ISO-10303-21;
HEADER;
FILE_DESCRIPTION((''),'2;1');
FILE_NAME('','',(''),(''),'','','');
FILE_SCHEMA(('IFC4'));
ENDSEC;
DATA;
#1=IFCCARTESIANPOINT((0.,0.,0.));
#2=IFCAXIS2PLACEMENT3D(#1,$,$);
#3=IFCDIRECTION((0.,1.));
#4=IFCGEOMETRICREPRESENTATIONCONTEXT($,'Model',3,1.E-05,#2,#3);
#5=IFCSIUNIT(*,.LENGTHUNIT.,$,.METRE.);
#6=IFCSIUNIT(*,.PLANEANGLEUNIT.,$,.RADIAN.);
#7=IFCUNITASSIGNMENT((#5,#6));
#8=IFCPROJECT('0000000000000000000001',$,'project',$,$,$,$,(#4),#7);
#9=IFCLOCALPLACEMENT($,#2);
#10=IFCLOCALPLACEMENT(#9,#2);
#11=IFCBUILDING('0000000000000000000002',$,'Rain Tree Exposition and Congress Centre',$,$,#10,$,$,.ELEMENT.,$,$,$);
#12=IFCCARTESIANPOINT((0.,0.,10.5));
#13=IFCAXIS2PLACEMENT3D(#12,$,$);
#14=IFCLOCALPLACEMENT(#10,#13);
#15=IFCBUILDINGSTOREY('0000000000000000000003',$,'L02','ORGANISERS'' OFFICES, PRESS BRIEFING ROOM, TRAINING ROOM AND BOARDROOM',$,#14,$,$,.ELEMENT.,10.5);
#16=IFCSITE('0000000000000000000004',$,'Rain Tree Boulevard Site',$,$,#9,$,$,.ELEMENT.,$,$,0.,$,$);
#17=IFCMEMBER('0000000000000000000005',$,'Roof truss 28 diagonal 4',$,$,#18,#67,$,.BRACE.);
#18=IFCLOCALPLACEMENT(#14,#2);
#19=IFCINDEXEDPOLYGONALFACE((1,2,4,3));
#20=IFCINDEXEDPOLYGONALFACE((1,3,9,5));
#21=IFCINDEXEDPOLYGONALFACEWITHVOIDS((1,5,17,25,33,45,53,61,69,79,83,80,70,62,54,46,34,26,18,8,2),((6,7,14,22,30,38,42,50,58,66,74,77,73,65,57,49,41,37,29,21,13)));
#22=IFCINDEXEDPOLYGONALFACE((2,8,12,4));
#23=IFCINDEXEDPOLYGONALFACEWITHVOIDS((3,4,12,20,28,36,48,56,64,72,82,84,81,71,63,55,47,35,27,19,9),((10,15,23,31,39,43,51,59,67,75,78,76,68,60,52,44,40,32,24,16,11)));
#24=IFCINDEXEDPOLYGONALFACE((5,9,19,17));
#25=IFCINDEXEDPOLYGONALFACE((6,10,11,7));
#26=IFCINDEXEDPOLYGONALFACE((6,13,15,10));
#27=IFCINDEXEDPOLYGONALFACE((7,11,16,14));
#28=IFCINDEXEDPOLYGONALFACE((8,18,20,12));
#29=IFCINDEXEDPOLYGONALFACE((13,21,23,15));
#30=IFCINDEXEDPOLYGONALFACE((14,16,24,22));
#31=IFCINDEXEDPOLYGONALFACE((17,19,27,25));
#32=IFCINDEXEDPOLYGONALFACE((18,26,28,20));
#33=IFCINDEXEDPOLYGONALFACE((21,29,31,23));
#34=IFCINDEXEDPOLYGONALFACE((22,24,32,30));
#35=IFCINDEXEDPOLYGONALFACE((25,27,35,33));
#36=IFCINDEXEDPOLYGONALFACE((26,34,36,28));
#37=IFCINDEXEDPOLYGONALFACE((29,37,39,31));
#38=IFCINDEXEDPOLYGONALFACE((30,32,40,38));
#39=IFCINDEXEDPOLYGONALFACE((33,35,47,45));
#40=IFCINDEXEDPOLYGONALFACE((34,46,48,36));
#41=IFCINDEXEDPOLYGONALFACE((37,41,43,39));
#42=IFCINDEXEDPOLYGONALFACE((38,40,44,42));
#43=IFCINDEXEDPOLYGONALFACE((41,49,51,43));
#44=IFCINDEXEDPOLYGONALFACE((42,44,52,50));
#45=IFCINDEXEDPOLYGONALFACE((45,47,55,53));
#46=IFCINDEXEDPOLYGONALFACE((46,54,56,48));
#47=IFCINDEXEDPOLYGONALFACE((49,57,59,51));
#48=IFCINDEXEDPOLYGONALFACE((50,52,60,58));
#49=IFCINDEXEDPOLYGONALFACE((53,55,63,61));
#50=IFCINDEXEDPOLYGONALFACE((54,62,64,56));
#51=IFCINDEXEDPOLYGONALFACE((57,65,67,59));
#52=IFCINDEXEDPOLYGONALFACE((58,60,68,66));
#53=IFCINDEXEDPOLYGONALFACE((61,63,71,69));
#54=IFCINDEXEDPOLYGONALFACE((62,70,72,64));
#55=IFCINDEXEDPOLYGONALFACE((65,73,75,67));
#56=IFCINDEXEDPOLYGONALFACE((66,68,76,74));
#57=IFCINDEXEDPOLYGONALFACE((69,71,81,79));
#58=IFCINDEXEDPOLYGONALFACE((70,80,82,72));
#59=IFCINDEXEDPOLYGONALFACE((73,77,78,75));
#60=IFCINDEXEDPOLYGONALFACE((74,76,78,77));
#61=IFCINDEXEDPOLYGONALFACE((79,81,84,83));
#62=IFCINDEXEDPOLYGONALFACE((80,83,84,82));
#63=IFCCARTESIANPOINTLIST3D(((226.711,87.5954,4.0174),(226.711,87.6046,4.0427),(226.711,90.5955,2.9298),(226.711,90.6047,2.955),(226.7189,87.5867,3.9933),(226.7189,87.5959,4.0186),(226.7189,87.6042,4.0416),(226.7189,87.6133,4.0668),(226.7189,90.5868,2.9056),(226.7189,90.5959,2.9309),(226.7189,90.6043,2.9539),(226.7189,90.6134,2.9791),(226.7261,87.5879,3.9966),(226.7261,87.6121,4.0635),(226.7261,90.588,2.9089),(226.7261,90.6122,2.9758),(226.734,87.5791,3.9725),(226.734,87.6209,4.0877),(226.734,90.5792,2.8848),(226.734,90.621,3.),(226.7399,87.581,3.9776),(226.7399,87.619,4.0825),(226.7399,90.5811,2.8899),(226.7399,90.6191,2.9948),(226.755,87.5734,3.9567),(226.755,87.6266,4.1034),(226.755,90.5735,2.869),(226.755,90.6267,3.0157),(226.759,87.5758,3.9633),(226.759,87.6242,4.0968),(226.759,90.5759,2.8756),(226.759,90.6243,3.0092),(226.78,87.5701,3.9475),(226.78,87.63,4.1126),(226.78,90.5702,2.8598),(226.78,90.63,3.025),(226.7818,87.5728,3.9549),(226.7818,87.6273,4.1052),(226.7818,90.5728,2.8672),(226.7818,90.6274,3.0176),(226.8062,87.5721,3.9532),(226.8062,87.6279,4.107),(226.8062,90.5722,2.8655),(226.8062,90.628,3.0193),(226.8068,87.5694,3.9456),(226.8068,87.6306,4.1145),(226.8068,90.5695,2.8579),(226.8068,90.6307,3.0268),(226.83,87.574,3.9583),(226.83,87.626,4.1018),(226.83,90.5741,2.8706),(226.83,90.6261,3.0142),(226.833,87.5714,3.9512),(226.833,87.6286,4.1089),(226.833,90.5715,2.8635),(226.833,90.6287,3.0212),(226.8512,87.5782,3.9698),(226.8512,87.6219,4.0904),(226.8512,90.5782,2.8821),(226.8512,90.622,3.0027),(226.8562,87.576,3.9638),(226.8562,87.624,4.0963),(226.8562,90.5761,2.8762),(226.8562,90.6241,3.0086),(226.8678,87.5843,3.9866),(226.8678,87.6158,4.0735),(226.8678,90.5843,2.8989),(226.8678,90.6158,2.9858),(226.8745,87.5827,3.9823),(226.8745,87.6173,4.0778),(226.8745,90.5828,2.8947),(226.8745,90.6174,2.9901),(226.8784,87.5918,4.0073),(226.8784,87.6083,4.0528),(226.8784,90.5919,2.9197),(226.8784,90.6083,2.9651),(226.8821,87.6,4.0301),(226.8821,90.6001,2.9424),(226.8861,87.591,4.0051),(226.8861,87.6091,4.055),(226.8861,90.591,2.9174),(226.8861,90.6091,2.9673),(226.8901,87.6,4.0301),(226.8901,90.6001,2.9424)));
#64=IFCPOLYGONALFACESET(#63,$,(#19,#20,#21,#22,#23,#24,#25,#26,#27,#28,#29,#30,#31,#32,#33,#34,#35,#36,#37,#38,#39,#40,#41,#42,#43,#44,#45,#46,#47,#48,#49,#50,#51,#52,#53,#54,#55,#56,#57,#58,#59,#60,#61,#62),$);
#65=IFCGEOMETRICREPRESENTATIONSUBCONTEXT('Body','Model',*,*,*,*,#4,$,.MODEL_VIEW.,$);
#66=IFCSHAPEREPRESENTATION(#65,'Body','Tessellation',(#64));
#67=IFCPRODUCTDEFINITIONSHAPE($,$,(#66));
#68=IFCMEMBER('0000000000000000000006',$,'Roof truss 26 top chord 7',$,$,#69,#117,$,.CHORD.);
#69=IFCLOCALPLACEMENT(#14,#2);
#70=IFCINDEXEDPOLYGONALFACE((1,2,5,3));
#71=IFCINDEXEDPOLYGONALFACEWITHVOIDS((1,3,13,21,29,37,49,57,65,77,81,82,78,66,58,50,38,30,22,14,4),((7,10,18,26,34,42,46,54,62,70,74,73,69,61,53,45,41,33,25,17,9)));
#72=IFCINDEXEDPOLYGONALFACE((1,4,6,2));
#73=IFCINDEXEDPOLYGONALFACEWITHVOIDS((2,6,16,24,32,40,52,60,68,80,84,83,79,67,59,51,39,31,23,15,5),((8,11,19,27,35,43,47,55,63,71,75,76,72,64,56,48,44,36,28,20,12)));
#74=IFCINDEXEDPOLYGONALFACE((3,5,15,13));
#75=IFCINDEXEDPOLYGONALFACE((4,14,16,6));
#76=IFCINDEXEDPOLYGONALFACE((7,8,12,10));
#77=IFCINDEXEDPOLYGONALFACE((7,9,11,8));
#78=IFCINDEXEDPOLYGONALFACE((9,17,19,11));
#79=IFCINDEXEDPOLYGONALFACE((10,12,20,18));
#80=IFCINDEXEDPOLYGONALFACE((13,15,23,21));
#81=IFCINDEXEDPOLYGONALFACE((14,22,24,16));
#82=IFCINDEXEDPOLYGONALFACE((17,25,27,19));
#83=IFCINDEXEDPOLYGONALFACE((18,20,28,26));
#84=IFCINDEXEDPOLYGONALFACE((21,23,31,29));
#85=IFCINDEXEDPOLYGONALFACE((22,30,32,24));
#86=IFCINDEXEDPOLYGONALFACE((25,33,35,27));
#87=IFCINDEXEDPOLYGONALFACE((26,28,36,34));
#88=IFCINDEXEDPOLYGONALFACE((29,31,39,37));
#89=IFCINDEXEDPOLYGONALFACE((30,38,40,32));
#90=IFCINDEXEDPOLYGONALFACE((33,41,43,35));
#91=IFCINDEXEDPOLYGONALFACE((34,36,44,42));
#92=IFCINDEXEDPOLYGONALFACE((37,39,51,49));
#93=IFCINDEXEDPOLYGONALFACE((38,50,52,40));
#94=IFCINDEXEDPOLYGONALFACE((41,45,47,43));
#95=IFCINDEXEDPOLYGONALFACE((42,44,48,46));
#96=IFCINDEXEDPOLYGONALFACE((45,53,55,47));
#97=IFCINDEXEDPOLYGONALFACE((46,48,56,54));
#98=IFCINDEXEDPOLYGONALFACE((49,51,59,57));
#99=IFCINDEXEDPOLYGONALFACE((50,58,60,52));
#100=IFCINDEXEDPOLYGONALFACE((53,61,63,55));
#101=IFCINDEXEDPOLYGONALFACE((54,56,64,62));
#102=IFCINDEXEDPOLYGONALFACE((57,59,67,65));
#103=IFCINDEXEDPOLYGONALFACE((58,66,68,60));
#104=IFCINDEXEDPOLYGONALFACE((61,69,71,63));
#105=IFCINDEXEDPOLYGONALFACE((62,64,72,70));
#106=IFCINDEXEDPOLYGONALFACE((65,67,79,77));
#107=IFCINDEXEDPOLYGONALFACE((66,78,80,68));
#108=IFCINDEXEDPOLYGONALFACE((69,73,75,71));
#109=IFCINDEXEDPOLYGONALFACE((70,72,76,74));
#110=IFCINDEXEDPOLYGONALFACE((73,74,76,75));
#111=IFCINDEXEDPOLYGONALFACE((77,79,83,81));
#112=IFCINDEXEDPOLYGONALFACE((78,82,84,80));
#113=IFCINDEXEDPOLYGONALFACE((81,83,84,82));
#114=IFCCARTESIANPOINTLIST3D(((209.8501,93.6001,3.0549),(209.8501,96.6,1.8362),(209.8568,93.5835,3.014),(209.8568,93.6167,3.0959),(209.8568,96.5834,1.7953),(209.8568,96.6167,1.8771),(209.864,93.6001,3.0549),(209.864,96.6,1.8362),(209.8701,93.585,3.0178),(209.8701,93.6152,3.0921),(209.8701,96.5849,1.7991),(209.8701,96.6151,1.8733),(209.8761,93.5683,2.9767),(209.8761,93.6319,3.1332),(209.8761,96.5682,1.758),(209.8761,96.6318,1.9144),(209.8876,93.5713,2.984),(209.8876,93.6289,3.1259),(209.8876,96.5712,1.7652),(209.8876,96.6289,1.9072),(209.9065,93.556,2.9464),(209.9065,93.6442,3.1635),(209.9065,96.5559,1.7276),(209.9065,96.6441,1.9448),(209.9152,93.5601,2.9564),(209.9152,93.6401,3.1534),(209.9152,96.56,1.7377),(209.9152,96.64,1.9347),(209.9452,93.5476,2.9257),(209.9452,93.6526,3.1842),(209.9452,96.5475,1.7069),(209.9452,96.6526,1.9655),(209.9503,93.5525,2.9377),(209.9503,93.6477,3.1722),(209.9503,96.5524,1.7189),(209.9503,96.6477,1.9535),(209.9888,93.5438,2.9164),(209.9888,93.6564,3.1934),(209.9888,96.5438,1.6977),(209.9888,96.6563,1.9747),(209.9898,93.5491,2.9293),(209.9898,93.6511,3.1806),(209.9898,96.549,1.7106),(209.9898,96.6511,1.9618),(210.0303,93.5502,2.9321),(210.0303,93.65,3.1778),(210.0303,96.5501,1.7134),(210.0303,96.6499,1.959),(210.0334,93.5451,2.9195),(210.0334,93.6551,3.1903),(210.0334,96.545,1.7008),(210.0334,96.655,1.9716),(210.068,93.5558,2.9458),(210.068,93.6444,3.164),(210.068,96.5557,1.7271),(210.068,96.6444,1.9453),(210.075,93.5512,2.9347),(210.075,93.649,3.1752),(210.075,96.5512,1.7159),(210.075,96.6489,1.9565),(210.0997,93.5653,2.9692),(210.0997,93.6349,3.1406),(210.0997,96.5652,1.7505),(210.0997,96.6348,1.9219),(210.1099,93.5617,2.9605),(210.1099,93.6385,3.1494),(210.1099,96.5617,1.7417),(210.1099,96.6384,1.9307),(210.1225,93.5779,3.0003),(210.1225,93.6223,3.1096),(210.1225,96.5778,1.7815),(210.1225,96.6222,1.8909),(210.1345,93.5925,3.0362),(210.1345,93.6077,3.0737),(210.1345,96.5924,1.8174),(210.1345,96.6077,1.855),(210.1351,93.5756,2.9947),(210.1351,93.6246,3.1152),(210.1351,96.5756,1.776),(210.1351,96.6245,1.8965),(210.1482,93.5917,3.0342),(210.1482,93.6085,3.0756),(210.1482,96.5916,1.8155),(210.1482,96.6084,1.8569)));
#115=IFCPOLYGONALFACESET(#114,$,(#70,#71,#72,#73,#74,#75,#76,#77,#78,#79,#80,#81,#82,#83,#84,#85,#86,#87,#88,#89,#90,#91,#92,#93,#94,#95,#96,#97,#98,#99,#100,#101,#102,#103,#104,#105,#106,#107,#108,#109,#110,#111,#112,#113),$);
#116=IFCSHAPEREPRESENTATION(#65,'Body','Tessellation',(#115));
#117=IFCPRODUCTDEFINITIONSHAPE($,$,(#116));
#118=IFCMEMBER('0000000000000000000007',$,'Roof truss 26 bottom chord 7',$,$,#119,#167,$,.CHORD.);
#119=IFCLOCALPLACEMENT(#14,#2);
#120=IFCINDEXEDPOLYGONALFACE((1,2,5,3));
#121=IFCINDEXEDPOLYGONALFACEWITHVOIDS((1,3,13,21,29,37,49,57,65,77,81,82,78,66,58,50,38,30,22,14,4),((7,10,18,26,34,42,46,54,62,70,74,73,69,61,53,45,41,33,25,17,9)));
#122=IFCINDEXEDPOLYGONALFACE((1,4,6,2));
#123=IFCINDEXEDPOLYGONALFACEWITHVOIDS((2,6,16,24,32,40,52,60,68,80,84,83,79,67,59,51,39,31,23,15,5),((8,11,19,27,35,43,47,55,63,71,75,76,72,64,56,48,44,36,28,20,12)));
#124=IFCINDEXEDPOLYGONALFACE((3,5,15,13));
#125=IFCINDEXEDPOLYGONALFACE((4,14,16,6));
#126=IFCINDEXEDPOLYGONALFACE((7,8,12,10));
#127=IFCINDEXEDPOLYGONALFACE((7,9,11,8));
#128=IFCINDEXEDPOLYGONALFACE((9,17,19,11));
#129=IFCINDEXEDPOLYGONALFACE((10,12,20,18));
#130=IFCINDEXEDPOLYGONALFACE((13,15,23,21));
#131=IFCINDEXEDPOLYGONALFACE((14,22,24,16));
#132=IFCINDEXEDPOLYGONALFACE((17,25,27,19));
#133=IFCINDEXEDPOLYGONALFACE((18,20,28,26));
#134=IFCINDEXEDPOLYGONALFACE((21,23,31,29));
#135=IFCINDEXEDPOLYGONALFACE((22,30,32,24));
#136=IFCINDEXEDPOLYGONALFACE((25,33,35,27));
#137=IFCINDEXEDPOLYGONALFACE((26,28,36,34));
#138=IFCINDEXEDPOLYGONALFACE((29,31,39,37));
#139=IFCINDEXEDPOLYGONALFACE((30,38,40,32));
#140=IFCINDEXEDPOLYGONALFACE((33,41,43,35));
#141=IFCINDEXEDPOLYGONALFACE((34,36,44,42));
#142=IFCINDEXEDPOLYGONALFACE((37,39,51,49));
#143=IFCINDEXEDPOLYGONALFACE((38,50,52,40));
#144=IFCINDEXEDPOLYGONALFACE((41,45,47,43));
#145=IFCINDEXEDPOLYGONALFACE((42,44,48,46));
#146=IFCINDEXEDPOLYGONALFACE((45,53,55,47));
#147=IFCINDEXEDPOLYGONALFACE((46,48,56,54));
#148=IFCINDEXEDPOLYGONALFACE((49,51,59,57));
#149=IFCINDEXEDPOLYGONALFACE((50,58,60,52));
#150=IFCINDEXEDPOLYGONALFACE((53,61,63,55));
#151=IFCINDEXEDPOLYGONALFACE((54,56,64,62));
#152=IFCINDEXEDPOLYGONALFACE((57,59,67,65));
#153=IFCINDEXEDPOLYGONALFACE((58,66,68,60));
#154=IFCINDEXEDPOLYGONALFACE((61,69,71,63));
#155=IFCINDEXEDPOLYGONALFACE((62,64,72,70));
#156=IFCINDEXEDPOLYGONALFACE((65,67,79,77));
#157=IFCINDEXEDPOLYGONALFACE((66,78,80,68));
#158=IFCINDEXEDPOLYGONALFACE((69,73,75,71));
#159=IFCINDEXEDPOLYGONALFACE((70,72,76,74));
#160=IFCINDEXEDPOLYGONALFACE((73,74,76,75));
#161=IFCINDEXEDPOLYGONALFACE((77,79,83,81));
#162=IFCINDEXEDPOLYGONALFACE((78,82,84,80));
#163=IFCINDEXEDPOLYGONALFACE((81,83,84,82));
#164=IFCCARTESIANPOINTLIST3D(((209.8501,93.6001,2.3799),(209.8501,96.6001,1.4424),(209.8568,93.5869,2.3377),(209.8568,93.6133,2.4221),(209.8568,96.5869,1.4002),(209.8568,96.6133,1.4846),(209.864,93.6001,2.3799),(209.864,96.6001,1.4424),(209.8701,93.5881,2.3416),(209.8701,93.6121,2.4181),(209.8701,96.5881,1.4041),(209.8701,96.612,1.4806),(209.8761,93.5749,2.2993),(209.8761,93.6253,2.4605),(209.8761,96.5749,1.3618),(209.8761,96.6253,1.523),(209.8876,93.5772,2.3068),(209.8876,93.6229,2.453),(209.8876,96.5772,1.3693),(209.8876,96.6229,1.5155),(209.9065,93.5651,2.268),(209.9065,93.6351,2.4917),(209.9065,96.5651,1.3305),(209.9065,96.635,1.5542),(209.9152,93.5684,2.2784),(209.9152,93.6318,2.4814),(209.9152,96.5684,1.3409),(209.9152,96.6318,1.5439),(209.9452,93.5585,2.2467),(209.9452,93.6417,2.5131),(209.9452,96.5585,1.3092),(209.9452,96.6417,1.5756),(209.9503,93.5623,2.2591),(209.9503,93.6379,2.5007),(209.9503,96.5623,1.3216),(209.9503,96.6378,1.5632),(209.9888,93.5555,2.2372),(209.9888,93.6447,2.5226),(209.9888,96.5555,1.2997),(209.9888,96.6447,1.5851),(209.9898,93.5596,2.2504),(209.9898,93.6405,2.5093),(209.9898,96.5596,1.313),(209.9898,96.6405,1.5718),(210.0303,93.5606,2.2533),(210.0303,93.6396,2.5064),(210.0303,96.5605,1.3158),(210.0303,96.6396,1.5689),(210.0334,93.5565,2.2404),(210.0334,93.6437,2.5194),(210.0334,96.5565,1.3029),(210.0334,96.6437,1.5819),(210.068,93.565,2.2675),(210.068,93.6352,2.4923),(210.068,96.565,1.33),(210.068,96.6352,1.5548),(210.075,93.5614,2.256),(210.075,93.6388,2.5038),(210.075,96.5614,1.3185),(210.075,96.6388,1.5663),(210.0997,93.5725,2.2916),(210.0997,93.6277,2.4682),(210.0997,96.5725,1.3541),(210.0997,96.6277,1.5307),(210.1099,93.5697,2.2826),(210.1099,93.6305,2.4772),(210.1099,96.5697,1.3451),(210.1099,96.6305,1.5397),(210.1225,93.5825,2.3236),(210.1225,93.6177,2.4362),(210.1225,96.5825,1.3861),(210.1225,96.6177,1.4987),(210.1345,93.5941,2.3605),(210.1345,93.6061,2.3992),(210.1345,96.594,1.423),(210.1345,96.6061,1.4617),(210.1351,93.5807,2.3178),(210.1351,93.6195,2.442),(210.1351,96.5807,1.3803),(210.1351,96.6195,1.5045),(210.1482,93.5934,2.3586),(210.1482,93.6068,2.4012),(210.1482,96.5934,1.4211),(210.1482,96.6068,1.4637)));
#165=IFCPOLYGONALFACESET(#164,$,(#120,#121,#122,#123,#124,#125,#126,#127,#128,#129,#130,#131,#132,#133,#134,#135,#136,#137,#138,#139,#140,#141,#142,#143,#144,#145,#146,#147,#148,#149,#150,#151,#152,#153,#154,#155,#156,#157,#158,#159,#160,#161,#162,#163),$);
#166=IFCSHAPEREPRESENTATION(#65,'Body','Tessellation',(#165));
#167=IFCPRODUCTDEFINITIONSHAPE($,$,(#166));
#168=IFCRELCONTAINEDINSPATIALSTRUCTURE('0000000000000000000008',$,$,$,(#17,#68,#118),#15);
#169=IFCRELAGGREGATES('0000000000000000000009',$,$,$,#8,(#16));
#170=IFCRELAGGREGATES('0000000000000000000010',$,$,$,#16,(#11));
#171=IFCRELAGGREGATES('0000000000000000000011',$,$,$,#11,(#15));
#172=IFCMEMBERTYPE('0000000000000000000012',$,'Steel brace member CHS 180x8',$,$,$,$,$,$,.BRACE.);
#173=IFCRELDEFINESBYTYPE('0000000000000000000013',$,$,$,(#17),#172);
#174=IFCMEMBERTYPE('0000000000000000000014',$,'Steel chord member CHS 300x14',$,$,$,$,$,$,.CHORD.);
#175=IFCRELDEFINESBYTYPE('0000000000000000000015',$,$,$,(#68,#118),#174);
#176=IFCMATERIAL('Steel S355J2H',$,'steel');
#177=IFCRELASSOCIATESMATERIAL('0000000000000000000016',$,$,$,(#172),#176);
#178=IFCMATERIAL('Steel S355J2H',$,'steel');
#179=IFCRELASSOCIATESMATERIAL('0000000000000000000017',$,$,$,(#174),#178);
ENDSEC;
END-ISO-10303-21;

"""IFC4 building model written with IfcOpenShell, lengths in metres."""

from ifc_helpers import new_model, si_unit, direction, frame, origin, origin_2d, place, context, subcontext, project, spatial, hollow_circle, extrude, material, material_profile, profile_set, type_object, element, save


model = new_model("IFC4")

# Units and contexts
model_context = context("Model", 3, precision=1e-05, world=origin(), true_north=direction((0.0, 1.0)))
body_context = subcontext(model_context, "Body", "Model", "MODEL_VIEW")
ifc_project = project(units=[si_unit("LENGTHUNIT", "METRE"), si_unit("PLANEANGLEUNIT", "RADIAN")], contexts=[model_context])

# Site, building, storey
site_placement = place(None, origin())
site = spatial("IfcSite", under=ifc_project, at=site_placement, Name="Rain Tree Boulevard Site", CompositionType="ELEMENT", RefElevation=0.0)
building_placement = place(site_placement, origin())
building = spatial("IfcBuilding", under=site, at=building_placement, Name="Rain Tree Exposition and Congress Centre", CompositionType="ELEMENT")
storey_placement = place(building_placement, frame((0.0, 0.0, 10.5)))
storey = spatial("IfcBuildingStorey", under=building, at=storey_placement, Name="L02", Description="ORGANISERS' OFFICES, PRESS BRIEFING ROOM, TRAINING ROOM AND BOARDROOM", CompositionType="ELEMENT", Elevation=10.5)

# Members
ifc_material_1 = material(Name="Steel S355J2H", Category="steel")
ifc_material_profile_1 = material_profile(ifc_material_1, hollow_circle(Radius=0.0901, WallThickness=0.0081, at=origin_2d()), Name="CHS 180x8")
ifc_profile_set_1 = profile_set([ifc_material_profile_1], Name="Steel S355J2H")
member_type_1 = type_object("IfcMemberType", Name="Steel brace member CHS 180x8", PredefinedType="BRACE", material=ifc_profile_set_1)
member_1_placement = place(storey_placement, frame((226.8, 90.6001, 2.9424), z_axis=(0.0, -0.940121, 0.34084), x_axis=(1.0, 0.0, 0.0)))
element("IfcMember", 1, at=member_1_placement, inside=storey, type_object=member_type_1, Name="Roof truss 28 diagonal 4", PredefinedType="BRACE", context=body_context, shape_type="SweptSolid", body=[
    extrude(hollow_circle(Radius=0.0901, WallThickness=0.0081, at=origin_2d()), origin(), (0.0, 0.0, 1.0), 3.1912),
])
ifc_material_2 = material(Name="Steel S355J2H", Category="steel")
ifc_material_profile_2 = material_profile(ifc_material_2, hollow_circle(Radius=0.1499, WallThickness=0.0139, at=origin_2d()), Name="CHS 300x14")
ifc_profile_set_2 = profile_set([ifc_material_profile_2], Name="Steel S355J2H")
member_type_2 = type_object("IfcMemberType", Name="Steel chord member CHS 300x14", PredefinedType="CHORD", material=ifc_profile_set_2)
member_2_placement = place(storey_placement, frame((210.0, 93.6001, 3.0549), z_axis=(0.0, 0.926467, -0.376377), x_axis=(-1.0, 0.0, 0.0)))
element("IfcMember", 2, at=member_2_placement, inside=storey, type_object=member_type_2, Name="Roof truss 26 top chord 7", PredefinedType="CHORD", context=body_context, shape_type="SweptSolid", body=[
    extrude(hollow_circle(Radius=0.1499, WallThickness=0.0139, at=origin_2d()), origin(), (0.0, 0.0, 1.0), 3.238),
])
member_3_placement = place(storey_placement, frame((210.0, 93.6001, 2.3799), z_axis=(0.0, 0.95448, -0.298275), x_axis=(-1.0, 0.0, 0.0)))
element("IfcMember", 3, at=member_3_placement, inside=storey, type_object=member_type_2, Name="Roof truss 26 bottom chord 7", PredefinedType="CHORD", context=body_context, shape_type="SweptSolid", body=[
    extrude(hollow_circle(Radius=0.1499, WallThickness=0.0139, at=origin_2d()), origin(), (0.0, 0.0, 1.0), 3.1431),
])

save(model, "model.ifc")
